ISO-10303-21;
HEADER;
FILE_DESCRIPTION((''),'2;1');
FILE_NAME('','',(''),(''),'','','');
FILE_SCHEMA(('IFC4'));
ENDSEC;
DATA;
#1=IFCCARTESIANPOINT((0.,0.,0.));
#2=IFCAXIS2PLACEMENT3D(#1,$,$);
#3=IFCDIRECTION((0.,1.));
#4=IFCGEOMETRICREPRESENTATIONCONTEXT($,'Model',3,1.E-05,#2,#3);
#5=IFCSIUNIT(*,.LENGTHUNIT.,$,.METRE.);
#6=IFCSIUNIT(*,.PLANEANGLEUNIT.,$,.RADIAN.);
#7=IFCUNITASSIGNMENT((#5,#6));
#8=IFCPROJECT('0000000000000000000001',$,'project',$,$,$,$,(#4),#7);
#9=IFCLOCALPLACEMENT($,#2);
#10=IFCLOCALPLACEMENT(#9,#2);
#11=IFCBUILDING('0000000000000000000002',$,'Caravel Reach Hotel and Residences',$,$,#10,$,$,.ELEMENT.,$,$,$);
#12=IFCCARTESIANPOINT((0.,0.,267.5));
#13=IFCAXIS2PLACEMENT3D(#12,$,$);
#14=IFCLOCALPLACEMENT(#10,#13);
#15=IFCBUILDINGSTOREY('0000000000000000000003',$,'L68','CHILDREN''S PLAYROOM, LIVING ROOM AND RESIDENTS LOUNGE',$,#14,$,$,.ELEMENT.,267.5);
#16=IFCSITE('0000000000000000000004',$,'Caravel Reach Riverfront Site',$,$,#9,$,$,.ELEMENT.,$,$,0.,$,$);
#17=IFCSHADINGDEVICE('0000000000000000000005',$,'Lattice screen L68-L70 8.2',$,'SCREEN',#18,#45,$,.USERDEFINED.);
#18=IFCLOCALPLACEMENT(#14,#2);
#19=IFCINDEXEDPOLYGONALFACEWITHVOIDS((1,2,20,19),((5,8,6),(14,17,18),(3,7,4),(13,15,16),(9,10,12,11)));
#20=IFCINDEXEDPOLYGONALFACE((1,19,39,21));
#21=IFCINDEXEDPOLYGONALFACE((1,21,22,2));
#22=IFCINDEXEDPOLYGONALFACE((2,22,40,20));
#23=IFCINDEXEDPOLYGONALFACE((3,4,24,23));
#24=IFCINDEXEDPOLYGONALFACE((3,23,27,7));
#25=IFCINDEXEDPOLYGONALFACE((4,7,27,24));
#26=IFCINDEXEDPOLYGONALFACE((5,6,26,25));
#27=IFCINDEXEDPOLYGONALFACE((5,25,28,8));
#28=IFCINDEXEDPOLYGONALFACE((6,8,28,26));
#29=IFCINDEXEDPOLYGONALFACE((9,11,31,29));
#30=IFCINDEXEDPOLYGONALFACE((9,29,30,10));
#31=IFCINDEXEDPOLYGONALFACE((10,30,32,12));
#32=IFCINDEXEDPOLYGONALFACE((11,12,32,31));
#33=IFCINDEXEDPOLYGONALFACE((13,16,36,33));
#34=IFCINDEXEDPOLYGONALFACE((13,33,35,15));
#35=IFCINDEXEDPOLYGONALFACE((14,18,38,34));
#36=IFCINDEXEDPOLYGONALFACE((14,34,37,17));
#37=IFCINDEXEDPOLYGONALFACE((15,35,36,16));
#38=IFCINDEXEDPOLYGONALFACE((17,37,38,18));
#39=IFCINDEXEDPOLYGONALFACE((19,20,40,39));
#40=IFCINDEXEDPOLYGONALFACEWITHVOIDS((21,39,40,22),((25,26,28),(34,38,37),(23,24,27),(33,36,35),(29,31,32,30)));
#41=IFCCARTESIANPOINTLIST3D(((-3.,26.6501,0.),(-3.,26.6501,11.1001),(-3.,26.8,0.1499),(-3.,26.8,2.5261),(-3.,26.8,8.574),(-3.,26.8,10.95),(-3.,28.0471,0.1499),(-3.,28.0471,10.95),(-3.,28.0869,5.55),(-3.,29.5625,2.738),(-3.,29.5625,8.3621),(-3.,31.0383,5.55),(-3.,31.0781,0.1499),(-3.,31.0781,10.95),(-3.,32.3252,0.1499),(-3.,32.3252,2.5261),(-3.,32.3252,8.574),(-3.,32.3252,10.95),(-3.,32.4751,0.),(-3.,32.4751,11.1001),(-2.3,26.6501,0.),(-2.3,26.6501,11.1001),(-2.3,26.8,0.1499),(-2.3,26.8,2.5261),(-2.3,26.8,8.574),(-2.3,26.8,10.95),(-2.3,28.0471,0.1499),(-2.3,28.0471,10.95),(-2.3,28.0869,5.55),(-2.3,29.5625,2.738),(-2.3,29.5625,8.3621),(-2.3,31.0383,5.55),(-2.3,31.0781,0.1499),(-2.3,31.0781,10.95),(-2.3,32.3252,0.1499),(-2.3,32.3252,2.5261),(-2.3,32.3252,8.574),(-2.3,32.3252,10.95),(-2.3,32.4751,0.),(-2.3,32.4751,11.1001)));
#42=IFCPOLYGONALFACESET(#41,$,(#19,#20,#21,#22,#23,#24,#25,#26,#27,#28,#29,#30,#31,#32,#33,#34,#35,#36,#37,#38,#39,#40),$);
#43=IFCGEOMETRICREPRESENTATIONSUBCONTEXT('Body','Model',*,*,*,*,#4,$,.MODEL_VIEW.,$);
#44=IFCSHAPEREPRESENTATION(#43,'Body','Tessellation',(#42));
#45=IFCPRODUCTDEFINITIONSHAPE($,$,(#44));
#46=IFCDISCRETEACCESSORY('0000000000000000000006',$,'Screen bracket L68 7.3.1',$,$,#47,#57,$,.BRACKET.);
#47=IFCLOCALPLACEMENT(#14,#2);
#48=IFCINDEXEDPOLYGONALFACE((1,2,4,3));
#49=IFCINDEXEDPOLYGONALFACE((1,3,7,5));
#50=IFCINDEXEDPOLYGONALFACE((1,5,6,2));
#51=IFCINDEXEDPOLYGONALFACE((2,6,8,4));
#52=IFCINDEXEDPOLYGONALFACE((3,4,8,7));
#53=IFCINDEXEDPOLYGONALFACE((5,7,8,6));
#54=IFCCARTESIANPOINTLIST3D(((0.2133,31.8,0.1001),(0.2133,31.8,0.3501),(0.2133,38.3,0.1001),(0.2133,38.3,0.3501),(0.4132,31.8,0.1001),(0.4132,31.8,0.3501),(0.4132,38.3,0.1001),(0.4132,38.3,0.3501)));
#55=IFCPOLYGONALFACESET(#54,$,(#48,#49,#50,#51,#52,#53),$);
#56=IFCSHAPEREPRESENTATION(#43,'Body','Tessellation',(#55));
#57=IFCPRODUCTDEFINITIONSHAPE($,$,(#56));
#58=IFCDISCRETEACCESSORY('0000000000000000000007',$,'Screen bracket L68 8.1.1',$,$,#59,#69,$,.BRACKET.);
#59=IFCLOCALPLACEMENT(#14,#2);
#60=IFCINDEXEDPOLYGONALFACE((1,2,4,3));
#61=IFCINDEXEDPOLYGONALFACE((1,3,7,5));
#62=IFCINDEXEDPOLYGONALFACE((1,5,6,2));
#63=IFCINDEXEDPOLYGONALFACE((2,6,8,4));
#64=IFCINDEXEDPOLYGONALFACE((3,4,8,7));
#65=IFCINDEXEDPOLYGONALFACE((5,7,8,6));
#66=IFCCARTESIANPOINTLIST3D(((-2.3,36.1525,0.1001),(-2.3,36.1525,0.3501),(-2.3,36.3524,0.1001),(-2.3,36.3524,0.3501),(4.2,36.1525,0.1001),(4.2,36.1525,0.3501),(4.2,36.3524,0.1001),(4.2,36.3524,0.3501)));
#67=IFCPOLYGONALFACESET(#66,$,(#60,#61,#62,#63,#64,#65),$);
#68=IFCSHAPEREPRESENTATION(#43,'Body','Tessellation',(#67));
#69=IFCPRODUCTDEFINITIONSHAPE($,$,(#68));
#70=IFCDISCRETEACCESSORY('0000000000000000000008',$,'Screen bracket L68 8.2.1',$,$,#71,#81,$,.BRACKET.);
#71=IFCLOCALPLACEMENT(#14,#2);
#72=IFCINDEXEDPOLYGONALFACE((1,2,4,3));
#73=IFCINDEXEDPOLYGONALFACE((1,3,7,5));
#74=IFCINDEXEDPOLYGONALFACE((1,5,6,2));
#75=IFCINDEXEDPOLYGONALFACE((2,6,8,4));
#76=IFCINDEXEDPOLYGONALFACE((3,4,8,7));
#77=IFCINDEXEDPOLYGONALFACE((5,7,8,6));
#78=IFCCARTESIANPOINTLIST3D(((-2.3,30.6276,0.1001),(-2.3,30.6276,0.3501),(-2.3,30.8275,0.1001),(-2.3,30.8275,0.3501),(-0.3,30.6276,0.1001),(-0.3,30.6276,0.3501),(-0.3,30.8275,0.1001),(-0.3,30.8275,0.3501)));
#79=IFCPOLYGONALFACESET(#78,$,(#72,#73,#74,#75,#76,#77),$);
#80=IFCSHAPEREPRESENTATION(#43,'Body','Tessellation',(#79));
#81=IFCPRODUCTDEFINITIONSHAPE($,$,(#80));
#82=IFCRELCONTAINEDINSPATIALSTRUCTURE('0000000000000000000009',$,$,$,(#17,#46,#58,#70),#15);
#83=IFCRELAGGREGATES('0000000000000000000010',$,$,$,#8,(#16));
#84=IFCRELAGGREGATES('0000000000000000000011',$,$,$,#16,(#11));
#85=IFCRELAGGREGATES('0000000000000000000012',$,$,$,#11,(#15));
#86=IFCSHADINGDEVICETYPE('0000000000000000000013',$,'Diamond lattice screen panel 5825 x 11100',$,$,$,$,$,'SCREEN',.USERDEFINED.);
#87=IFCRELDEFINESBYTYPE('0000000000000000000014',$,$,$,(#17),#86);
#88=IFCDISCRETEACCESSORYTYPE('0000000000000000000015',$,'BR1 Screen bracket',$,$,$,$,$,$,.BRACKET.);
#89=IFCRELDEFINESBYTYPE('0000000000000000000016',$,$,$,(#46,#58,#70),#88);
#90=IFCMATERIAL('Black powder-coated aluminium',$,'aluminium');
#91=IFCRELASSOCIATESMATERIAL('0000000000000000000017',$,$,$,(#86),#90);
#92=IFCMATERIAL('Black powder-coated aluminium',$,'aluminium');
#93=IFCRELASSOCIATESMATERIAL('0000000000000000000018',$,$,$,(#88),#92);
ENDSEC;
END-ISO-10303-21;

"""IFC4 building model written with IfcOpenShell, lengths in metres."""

from ifc_helpers import new_model, si_unit, direction, frame, origin, origin_2d, place, context, subcontext, project, spatial, polyline, rectangle, outline, extrude, material, type_object, element, save


model = new_model("IFC4")

# Units and contexts
model_context = context("Model", 3, precision=1e-05, world=origin(), true_north=direction((0.0, 1.0)))
body_context = subcontext(model_context, "Body", "Model", "MODEL_VIEW")
ifc_project = project(units=[si_unit("LENGTHUNIT", "METRE"), si_unit("PLANEANGLEUNIT", "RADIAN")], contexts=[model_context])

# Site, building, storey
site_placement = place(None, origin())
site = spatial("IfcSite", under=ifc_project, at=site_placement, Name="Caravel Reach Riverfront Site", CompositionType="ELEMENT", RefElevation=0.0)
building_placement = place(site_placement, origin())
building = spatial("IfcBuilding", under=site, at=building_placement, Name="Caravel Reach Hotel and Residences", CompositionType="ELEMENT")
storey_placement = place(building_placement, frame((0.0, 0.0, 267.5)))
storey = spatial("IfcBuildingStorey", under=building, at=storey_placement, Name="L68", Description="CHILDREN'S PLAYROOM, LIVING ROOM AND RESIDENTS LOUNGE", CompositionType="ELEMENT", Elevation=267.5)

# Shading device
ifc_material_1 = material(Name="Black powder-coated aluminium", Category="aluminium")
shading_device_type_1 = type_object("IfcShadingDeviceType", Name="Diamond lattice screen panel 5825 x 11100", ElementType="SCREEN", PredefinedType="USERDEFINED", material=ifc_material_1)
for number, where, z_axis, x_axis, name in (
    (1, (-2.3, 32.4751, 0.0), (-1.0, 0.0, 0.0), (0.0, -1.0, 0.0), "Lattice screen L68-L70 8.2"),
):
    element("IfcShadingDevice", number, at=place(storey_placement, frame(where, z_axis=z_axis, x_axis=x_axis)), inside=storey, type_object=shading_device_type_1, Name=name, ObjectType="SCREEN", PredefinedType="USERDEFINED", context=body_context, shape_type="SweptSolid", body=[
        extrude(outline(polyline([(0.0, 0.0), (5.825, 0.0), (5.825, 11.1001), (0.0, 11.1001), (0.0, 0.0)]), holes=[polyline([(1.397, 0.1499), (0.1499, 2.5261), (0.1499, 0.1499), (1.397, 0.1499)]), polyline([(0.1499, 8.574), (1.397, 10.95), (0.1499, 10.95), (0.1499, 8.574)]), polyline([(2.9126, 8.3621), (1.4368, 5.55), (2.9126, 2.738), (4.3882, 5.55), (2.9126, 8.3621)]), polyline([(5.675, 2.5261), (4.428, 0.1499), (5.675, 0.1499), (5.675, 2.5261)]), polyline([(4.428, 10.95), (5.675, 8.574), (5.675, 10.95), (4.428, 10.95)])]), origin(), (0.0, 0.0, 1.0), 0.7),
    ])

# Discrete accessories
ifc_material_2 = material(Name="Black powder-coated aluminium", Category="aluminium")
discrete_accessory_type = type_object("IfcDiscreteAccessoryType", Name="BR1 Screen bracket", PredefinedType="BRACKET", material=ifc_material_2)
for number, where, z_axis, x_axis, name in (
    (2, (0.3132, 35.05, 0.1001), (0.0, 0.0, 1.0), (0.0, 1.0, 0.0), "Screen bracket L68 7.3.1"),
    (3, (0.95, 36.2524, 0.1001), (0.0, 0.0, 1.0), (-1.0, 0.0, 0.0), "Screen bracket L68 8.1.1"),
):
    element("IfcDiscreteAccessory", number, at=place(storey_placement, frame(where, z_axis=z_axis, x_axis=x_axis)), inside=storey, type_object=discrete_accessory_type, Name=name, PredefinedType="BRACKET", context=body_context, shape_type="SweptSolid", body=[
        extrude(rectangle(XDim=6.5, YDim=0.2, at=origin_2d()), origin(), (0.0, 0.0, 1.0), 0.25),
    ])
discrete_accessory_placement = place(storey_placement, frame((-1.3, 30.7275, 0.1001), z_axis=(0.0, 0.0, 1.0), x_axis=(-1.0, 0.0, 0.0)))
element("IfcDiscreteAccessory", 4, at=discrete_accessory_placement, inside=storey, type_object=discrete_accessory_type, Name="Screen bracket L68 8.2.1", PredefinedType="BRACKET", context=body_context, shape_type="SweptSolid", body=[
    extrude(rectangle(XDim=2.0, YDim=0.2, at=origin_2d()), origin(), (0.0, 0.0, 1.0), 0.25),
])

save(model, "model.ifc")
